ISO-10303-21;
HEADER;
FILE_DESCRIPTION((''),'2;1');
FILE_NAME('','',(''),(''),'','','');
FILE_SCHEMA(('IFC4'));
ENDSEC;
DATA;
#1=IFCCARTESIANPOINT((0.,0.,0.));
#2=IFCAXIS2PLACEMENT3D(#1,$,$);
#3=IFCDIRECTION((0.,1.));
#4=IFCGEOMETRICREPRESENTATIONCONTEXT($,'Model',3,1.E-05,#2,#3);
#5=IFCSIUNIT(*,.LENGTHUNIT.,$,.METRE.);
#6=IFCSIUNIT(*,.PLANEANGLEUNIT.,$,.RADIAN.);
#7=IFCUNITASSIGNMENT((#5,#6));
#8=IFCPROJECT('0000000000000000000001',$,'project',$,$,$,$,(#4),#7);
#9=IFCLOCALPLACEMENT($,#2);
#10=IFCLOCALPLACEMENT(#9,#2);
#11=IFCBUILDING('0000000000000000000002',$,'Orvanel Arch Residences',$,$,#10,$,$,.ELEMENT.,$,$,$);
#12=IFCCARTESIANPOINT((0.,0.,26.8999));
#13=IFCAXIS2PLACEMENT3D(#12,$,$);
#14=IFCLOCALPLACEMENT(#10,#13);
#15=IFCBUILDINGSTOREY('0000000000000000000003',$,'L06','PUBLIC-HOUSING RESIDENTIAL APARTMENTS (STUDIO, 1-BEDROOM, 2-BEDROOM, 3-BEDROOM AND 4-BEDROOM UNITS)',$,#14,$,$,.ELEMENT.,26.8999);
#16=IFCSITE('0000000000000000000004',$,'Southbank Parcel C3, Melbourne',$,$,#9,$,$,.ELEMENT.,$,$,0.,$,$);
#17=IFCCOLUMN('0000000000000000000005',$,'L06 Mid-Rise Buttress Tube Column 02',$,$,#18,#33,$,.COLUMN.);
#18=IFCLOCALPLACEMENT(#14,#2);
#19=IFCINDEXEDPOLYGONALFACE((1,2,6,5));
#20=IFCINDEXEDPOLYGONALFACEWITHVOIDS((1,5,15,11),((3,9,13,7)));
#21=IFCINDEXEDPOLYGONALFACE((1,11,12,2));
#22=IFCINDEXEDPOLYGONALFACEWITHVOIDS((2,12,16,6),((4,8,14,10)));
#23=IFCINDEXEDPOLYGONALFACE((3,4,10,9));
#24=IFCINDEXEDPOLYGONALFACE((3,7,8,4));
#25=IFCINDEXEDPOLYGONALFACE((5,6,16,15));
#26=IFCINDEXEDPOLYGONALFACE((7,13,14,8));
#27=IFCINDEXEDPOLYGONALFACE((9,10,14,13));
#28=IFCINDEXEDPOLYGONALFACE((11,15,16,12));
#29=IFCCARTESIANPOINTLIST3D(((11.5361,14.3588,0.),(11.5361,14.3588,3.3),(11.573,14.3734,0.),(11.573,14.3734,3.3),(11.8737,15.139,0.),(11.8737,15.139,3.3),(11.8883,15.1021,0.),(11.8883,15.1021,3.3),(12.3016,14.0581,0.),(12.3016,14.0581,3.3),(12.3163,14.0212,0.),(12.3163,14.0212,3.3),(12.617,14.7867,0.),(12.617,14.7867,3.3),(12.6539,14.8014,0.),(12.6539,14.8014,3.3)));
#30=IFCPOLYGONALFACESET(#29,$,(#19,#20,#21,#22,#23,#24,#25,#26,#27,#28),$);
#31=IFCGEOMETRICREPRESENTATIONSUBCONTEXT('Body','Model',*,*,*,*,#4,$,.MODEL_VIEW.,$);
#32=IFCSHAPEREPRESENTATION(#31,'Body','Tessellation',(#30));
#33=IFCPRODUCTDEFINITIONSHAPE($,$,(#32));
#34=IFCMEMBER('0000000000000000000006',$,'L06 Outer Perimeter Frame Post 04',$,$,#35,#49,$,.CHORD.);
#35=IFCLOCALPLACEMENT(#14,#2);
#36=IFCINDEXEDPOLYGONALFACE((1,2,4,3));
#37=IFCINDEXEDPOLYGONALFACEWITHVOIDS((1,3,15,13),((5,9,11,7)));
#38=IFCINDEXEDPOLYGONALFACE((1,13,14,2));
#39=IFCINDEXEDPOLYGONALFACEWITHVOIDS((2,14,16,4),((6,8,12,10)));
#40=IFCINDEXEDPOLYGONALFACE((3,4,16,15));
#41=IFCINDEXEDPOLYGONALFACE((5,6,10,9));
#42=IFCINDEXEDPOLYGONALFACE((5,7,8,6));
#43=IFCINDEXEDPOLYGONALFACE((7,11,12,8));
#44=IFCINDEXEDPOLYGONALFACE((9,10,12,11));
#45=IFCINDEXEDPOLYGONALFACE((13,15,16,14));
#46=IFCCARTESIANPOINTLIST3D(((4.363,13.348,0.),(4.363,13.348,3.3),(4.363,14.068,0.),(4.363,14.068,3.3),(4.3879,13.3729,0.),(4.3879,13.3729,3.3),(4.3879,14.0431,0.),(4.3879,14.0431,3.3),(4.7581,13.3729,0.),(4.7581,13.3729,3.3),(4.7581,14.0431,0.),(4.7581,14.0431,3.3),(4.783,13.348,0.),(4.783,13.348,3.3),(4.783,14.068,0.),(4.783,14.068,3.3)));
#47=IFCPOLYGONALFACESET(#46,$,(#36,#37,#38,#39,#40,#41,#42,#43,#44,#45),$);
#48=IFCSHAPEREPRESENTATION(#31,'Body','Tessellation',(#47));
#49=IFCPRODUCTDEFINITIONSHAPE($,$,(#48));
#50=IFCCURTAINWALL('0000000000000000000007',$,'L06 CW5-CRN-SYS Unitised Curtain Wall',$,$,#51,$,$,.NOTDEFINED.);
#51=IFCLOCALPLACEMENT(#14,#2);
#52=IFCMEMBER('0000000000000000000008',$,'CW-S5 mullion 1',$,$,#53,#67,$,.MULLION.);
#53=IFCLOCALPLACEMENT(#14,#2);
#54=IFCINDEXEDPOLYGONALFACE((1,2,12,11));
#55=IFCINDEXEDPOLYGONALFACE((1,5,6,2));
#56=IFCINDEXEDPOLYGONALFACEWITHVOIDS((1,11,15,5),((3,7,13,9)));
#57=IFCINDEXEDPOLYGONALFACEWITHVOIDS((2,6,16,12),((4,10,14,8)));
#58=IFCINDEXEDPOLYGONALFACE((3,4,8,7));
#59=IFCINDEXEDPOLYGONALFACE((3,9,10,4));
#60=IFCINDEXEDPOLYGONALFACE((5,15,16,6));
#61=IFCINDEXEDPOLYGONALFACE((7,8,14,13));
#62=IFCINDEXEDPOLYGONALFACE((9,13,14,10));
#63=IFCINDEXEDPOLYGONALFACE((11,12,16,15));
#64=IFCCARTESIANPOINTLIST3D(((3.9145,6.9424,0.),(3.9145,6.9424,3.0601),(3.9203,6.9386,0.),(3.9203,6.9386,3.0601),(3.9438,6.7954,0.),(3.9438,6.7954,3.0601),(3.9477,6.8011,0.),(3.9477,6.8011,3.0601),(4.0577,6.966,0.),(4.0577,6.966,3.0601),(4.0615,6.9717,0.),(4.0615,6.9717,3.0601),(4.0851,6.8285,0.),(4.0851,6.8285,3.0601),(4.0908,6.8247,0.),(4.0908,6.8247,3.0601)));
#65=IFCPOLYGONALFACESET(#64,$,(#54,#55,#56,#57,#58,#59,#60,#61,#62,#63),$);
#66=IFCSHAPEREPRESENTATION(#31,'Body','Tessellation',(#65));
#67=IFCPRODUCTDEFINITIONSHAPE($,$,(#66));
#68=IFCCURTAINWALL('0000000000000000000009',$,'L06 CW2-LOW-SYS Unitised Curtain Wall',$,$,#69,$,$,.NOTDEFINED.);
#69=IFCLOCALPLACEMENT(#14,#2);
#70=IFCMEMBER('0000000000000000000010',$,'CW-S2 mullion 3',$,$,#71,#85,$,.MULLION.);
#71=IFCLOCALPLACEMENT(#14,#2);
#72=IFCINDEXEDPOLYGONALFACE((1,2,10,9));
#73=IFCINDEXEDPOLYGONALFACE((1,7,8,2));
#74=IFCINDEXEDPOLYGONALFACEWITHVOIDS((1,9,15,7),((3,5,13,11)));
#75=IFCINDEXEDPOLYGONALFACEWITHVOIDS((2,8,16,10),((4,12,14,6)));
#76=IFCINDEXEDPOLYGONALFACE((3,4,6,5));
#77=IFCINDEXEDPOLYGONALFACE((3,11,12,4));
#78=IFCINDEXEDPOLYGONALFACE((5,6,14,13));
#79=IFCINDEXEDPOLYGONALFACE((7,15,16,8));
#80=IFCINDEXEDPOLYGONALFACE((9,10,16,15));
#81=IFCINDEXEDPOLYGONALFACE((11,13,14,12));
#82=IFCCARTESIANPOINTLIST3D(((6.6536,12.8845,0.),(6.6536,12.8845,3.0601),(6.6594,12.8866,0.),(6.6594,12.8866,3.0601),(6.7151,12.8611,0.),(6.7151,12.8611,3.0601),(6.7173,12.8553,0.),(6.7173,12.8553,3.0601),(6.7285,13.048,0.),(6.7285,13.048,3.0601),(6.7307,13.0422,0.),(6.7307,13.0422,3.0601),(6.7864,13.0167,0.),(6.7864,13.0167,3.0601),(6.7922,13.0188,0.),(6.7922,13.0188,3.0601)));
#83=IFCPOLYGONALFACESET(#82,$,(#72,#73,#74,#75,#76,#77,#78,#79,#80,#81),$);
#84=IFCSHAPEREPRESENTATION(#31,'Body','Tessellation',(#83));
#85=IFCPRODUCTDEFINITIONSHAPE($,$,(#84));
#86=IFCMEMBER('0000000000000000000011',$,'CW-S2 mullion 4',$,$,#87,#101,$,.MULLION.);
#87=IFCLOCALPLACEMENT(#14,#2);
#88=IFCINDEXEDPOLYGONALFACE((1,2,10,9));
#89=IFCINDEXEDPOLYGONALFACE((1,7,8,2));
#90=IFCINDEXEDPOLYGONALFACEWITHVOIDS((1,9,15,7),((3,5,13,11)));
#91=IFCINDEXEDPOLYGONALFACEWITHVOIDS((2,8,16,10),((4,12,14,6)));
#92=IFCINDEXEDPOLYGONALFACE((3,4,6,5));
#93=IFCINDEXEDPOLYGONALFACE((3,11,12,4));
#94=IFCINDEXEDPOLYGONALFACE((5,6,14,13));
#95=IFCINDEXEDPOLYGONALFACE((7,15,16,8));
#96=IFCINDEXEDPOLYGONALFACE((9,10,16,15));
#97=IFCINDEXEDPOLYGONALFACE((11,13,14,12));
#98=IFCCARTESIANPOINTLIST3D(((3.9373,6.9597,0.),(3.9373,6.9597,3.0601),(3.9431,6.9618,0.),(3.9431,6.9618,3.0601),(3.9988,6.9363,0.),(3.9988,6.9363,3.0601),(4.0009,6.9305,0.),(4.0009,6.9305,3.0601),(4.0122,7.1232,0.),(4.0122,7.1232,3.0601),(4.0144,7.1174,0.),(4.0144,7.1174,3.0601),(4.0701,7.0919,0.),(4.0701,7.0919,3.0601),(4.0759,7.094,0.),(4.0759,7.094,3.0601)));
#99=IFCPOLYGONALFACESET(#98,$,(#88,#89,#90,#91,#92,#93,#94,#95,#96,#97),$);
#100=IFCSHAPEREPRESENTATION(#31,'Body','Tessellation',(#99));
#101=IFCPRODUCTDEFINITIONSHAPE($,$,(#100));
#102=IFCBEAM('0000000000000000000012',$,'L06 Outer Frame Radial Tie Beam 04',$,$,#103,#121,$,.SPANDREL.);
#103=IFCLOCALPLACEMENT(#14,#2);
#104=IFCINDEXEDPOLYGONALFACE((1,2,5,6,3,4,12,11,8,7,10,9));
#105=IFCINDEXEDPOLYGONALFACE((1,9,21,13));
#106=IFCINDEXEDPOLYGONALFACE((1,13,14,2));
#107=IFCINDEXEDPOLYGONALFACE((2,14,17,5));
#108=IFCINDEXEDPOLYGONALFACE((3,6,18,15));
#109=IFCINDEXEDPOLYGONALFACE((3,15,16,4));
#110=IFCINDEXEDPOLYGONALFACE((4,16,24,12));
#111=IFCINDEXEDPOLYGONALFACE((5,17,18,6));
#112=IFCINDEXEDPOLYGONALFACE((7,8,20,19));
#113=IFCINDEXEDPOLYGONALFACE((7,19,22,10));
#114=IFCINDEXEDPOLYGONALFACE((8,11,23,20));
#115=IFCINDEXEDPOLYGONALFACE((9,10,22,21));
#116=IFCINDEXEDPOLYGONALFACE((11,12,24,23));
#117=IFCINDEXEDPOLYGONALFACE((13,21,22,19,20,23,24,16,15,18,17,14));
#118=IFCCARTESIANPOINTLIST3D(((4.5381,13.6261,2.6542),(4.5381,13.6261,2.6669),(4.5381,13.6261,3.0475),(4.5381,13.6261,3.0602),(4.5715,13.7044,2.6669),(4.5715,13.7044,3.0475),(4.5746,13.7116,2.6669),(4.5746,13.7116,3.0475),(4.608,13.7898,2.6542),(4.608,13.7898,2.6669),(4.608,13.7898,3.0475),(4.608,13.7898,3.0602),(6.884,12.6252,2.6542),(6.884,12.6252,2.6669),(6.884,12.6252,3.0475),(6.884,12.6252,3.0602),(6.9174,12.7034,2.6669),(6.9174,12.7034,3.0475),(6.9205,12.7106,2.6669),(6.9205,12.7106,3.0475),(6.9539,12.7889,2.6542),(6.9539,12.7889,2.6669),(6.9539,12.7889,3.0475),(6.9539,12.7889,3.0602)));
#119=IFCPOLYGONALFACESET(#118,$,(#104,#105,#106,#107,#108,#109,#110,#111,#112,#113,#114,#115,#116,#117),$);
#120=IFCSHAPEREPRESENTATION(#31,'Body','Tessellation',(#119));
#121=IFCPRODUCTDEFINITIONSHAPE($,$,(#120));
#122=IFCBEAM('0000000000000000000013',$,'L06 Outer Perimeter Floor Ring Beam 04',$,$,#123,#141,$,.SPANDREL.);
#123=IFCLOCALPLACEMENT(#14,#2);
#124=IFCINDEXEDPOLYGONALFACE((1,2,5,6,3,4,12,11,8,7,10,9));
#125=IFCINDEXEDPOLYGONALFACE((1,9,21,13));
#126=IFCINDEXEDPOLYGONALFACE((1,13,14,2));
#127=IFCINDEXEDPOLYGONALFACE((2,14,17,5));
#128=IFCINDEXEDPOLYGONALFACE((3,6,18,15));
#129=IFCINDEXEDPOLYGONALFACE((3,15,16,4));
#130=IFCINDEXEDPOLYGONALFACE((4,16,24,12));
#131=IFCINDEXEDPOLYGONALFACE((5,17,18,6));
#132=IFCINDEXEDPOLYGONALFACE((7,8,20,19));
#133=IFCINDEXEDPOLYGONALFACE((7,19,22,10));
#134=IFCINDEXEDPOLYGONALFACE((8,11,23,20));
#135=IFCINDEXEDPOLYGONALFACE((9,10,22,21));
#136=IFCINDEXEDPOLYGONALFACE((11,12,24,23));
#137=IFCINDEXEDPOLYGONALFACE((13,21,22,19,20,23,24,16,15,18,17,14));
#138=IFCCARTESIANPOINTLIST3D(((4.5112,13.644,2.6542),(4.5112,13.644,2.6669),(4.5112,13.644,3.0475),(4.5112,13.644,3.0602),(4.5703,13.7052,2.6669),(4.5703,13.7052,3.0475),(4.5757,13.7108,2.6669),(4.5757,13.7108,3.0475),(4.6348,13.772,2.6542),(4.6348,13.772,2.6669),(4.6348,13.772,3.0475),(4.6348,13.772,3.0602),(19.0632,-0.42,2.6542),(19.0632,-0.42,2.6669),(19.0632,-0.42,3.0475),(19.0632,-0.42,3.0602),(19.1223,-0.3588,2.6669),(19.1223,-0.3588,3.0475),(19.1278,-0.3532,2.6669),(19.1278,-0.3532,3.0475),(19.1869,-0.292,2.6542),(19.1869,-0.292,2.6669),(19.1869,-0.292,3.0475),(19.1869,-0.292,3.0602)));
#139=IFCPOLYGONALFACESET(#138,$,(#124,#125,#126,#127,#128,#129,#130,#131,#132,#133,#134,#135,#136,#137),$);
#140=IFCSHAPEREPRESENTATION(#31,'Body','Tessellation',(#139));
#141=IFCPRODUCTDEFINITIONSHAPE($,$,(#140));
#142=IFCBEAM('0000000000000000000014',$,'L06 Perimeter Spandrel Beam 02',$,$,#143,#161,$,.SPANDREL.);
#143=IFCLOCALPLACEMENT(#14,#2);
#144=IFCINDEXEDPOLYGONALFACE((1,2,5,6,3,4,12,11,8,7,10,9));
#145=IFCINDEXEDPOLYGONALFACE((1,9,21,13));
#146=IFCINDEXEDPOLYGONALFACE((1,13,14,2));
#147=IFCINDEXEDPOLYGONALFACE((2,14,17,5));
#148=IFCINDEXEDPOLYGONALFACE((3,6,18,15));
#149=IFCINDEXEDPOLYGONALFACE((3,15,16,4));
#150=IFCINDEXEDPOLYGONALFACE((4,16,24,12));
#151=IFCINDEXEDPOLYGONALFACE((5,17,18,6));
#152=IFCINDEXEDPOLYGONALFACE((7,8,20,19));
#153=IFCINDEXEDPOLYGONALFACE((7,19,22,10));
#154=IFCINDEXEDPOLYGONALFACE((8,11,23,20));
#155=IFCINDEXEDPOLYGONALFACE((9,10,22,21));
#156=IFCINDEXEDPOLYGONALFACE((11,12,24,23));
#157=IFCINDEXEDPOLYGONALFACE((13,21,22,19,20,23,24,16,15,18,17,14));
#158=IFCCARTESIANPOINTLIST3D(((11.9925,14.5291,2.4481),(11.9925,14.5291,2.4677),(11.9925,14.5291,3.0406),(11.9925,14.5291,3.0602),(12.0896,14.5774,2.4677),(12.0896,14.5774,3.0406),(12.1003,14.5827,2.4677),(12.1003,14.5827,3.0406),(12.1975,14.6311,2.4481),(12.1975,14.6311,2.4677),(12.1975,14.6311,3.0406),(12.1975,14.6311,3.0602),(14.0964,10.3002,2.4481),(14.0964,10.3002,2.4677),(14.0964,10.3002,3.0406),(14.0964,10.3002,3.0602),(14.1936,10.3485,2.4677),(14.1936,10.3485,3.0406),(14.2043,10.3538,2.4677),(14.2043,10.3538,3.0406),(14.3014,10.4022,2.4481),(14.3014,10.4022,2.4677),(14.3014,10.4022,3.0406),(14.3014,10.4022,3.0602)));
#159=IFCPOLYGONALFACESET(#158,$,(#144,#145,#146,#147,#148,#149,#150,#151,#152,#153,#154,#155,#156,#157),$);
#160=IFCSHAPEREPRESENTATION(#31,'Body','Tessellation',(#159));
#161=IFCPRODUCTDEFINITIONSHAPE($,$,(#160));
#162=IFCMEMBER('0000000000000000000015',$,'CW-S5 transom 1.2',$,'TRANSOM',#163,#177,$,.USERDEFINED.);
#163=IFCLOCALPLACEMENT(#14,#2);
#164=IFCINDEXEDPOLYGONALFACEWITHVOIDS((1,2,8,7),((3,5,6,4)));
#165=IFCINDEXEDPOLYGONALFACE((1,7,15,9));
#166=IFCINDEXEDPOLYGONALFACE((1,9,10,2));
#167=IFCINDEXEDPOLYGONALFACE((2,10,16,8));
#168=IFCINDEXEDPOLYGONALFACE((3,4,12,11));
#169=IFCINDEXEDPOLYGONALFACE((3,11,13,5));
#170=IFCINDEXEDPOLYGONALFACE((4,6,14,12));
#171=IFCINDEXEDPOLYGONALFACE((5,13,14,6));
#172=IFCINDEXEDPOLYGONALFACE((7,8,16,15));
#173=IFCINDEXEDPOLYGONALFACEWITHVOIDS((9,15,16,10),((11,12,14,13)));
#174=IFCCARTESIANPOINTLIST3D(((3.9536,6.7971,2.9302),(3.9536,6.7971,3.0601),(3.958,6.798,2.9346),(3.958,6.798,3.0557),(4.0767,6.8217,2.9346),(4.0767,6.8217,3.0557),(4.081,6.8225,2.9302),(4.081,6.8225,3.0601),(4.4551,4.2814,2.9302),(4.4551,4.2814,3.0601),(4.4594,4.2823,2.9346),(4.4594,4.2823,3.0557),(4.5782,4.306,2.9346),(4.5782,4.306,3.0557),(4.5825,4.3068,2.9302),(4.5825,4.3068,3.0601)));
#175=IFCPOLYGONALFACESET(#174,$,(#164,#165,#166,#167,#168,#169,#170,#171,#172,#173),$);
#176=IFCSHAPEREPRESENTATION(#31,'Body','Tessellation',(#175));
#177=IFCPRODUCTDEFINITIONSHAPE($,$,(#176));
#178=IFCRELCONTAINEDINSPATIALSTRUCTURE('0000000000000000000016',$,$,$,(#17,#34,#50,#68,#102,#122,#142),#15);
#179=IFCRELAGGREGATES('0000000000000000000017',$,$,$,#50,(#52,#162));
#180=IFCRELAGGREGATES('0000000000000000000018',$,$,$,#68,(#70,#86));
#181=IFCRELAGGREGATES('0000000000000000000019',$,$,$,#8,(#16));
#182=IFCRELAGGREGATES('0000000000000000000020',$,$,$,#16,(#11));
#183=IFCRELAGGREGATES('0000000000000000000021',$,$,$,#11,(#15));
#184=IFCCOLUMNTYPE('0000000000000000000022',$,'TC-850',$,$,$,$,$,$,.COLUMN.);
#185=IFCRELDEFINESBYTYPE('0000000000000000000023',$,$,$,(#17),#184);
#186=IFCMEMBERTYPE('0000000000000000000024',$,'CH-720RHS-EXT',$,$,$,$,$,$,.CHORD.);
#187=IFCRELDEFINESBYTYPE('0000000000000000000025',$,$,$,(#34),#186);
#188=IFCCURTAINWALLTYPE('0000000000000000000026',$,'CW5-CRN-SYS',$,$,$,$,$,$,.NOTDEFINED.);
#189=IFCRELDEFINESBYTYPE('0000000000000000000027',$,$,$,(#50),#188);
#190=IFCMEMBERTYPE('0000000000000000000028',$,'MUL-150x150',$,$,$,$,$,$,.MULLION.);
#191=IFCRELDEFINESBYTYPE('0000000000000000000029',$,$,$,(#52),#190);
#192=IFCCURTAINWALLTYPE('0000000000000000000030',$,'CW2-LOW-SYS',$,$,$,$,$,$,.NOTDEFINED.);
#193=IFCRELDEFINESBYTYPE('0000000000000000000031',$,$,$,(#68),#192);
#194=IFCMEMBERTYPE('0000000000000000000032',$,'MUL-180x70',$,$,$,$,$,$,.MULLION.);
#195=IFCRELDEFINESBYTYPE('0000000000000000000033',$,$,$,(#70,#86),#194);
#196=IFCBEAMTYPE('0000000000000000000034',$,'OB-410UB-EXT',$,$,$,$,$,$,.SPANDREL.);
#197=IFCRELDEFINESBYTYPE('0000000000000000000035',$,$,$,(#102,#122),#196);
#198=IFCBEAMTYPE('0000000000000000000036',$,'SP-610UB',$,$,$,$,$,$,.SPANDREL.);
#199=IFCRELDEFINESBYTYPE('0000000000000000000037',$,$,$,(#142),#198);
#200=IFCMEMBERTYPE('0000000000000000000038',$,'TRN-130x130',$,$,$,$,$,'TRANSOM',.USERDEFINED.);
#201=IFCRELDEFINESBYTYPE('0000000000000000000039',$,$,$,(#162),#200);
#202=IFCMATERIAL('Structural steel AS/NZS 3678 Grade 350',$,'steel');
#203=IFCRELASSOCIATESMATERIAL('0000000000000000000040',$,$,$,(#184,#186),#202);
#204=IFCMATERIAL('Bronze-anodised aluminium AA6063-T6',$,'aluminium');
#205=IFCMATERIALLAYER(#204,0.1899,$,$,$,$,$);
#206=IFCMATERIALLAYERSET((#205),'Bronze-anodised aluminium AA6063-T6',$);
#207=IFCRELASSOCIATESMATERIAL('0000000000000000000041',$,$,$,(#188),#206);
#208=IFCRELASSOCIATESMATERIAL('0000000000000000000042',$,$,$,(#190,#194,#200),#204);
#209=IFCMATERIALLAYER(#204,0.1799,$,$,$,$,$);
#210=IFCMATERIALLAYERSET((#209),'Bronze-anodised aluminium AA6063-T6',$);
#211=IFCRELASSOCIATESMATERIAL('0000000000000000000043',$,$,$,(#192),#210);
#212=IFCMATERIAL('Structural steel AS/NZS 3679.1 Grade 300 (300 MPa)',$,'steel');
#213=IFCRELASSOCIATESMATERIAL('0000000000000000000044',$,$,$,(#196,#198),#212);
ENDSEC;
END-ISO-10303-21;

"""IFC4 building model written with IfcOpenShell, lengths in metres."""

from ifc_helpers import new_model, si_unit, direction, frame, origin, origin_2d, place, context, subcontext, project, spatial, hollow_rectangle, i_section, extrude, material, layer, layer_set, material_profile, profile_set, type_object, element, aggregate, save


model = new_model("IFC4")

# Units and contexts
model_context = context("Model", 3, precision=1e-05, world=origin(), true_north=direction((0.0, 1.0)))
body_context = subcontext(model_context, "Body", "Model", "MODEL_VIEW")
ifc_project = project(units=[si_unit("LENGTHUNIT", "METRE"), si_unit("PLANEANGLEUNIT", "RADIAN")], contexts=[model_context])

# Site, building, storey
site_placement = place(None, origin())
site = spatial("IfcSite", under=ifc_project, at=site_placement, Name="Southbank Parcel C3, Melbourne", CompositionType="ELEMENT", RefElevation=0.0)
building_placement = place(site_placement, origin())
building = spatial("IfcBuilding", under=site, at=building_placement, Name="Orvanel Arch Residences", CompositionType="ELEMENT")
storey_placement = place(building_placement, frame((0.0, 0.0, 26.8999)))
storey = spatial("IfcBuildingStorey", under=building, at=storey_placement, Name="L06", Description="PUBLIC-HOUSING RESIDENTIAL APARTMENTS (STUDIO, 1-BEDROOM, 2-BEDROOM, 3-BEDROOM AND 4-BEDROOM UNITS)", CompositionType="ELEMENT", Elevation=26.8999)

# Column
ifc_material_1 = material(Name="Structural steel AS/NZS 3678 Grade 350", Category="steel")
ifc_material_profile_1 = material_profile(ifc_material_1, hollow_rectangle(XDim=0.8501, YDim=0.8501, WallThickness=0.0281, at=origin_2d()), Name="BOX850x850x28")
ifc_profile_set_1 = profile_set([ifc_material_profile_1], Name="Structural steel AS/NZS 3678 Grade 350")
column_type = type_object("IfcColumnType", Name="TC-850", PredefinedType="COLUMN", material=ifc_profile_set_1)
column_placement = place(storey_placement, frame((12.095, 14.5801, 0.0), z_axis=(0.0, 0.0, 1.0), x_axis=(0.397148, 0.917755, 0.0)))
element("IfcColumn", 1, at=column_placement, inside=storey, type_object=column_type, Name="L06 Mid-Rise Buttress Tube Column 02", PredefinedType="COLUMN", context=body_context, shape_type="SweptSolid", body=[
    extrude(hollow_rectangle(XDim=0.8501, YDim=0.8501, WallThickness=0.0281, at=origin_2d()), origin(), (0.0, 0.0, 1.0), 3.3),
])

# Member
ifc_material_profile_2 = material_profile(ifc_material_1, hollow_rectangle(XDim=0.4199, YDim=0.72, WallThickness=0.0249, at=origin_2d()), Name="RHS720x420x25")
ifc_profile_set_2 = profile_set([ifc_material_profile_2], Name="Structural steel AS/NZS 3678 Grade 350")
member_type_1 = type_object("IfcMemberType", Name="CH-720RHS-EXT", PredefinedType="CHORD", material=ifc_profile_set_2)
member_1_placement = place(storey_placement, frame((4.573, 13.708, 0.0), z_axis=(0.0, 0.0, 1.0), x_axis=(1.0, 0.0, 0.0)))
element("IfcMember", 2, at=member_1_placement, inside=storey, type_object=member_type_1, Name="L06 Outer Perimeter Frame Post 04", PredefinedType="CHORD", context=body_context, shape_type="SweptSolid", body=[
    extrude(hollow_rectangle(XDim=0.4199, YDim=0.72, WallThickness=0.0249, at=origin_2d()), origin(), (0.0, 0.0, 1.0), 3.3),
])

# Curtain wall, member
ifc_material_2 = material(Name="Bronze-anodised aluminium AA6063-T6", Category="aluminium")
ifc_layer_1 = layer(ifc_material_2, 0.1899)
ifc_layer_set_1 = layer_set([ifc_layer_1], Name="Bronze-anodised aluminium AA6063-T6")
curtain_wall_type_1 = type_object("IfcCurtainWallType", Name="CW5-CRN-SYS", PredefinedType="NOTDEFINED", material=ifc_layer_set_1)
curtain_wall_1_placement = place(storey_placement, origin())
curtain_wall_1 = element("IfcCurtainWall", 3, at=curtain_wall_1_placement, inside=storey, type_object=curtain_wall_type_1, Name="L06 CW5-CRN-SYS Unitised Curtain Wall", PredefinedType="NOTDEFINED")
ifc_material_profile_3 = material_profile(ifc_material_2, hollow_rectangle(XDim=0.1499, YDim=0.1499, WallThickness=0.0049, at=origin_2d()), Name="ALU150x150x5")
ifc_profile_set_3 = profile_set([ifc_material_profile_3], Name="Bronze-anodised aluminium AA6063-T6")
member_type_2 = type_object("IfcMemberType", Name="MUL-150x150", PredefinedType="MULLION", material=ifc_profile_set_3)
member_2_placement = place(storey_placement, frame((4.0027, 6.8835, 0.0), z_axis=(0.0, 0.0, 1.0), x_axis=(0.980715, 0.195445, 0.0)))
member_2 = element("IfcMember", 4, at=member_2_placement, type_object=member_type_2, Name="CW-S5 mullion 1", PredefinedType="MULLION", context=body_context, shape_type="SweptSolid", body=[
    extrude(hollow_rectangle(XDim=0.1499, YDim=0.1499, WallThickness=0.0049, at=origin_2d()), origin(), (0.0, 0.0, 1.0), 3.0601),
])

# Curtain wall, members
ifc_layer_2 = layer(ifc_material_2, 0.1799)
ifc_layer_set_2 = layer_set([ifc_layer_2], Name="Bronze-anodised aluminium AA6063-T6")
curtain_wall_type_2 = type_object("IfcCurtainWallType", Name="CW2-LOW-SYS", PredefinedType="NOTDEFINED", material=ifc_layer_set_2)
curtain_wall_2_placement = place(storey_placement, origin())
curtain_wall_2 = element("IfcCurtainWall", 5, at=curtain_wall_2_placement, inside=storey, type_object=curtain_wall_type_2, Name="L06 CW2-LOW-SYS Unitised Curtain Wall", PredefinedType="NOTDEFINED")
ifc_material_profile_4 = material_profile(ifc_material_2, hollow_rectangle(XDim=0.0701, YDim=0.1799, WallThickness=0.0044, at=origin_2d()), Name="ALU180x70x4.5")
ifc_profile_set_4 = profile_set([ifc_material_profile_4], Name="Bronze-anodised aluminium AA6063-T6")
member_type_3 = type_object("IfcMemberType", Name="MUL-180x70", PredefinedType="MULLION", material=ifc_profile_set_4)
member_3_placement = place(storey_placement, frame((6.7229, 12.9517, 0.0), z_axis=(0.0, 0.0, 1.0), x_axis=(0.909015, -0.416763, 0.0)))
member_3 = element("IfcMember", 6, at=member_3_placement, type_object=member_type_3, Name="CW-S2 mullion 3", PredefinedType="MULLION", context=body_context, shape_type="SweptSolid", body=[
    extrude(hollow_rectangle(XDim=0.0701, YDim=0.1799, WallThickness=0.0044, at=origin_2d()), origin(), (0.0, 0.0, 1.0), 3.0601),
])
member_4_placement = place(storey_placement, frame((4.0066, 7.0269, 0.0), z_axis=(0.0, 0.0, 1.0), x_axis=(0.909015, -0.416763, 0.0)))
member_4 = element("IfcMember", 7, at=member_4_placement, type_object=member_type_3, Name="CW-S2 mullion 4", PredefinedType="MULLION", context=body_context, shape_type="SweptSolid", body=[
    extrude(hollow_rectangle(XDim=0.0701, YDim=0.1799, WallThickness=0.0044, at=origin_2d()), origin(), (0.0, 0.0, 1.0), 3.0601),
])

# Beams
ifc_material_3 = material(Name="Structural steel AS/NZS 3679.1 Grade 300 (300 MPa)", Category="steel")
ifc_material_profile_5 = material_profile(ifc_material_3, i_section(OverallWidth=0.178, OverallDepth=0.406, WebThickness=0.0078, FlangeThickness=0.0127, at=origin_2d()), Name="410UB59.7")
ifc_profile_set_5 = profile_set([ifc_material_profile_5], Name="Structural steel AS/NZS 3679.1 Grade 300 (300 MPa)")
beam_type_1 = type_object("IfcBeamType", Name="OB-410UB-EXT", PredefinedType="SPANDREL", material=ifc_profile_set_5)
beam_1_placement = place(storey_placement, frame((6.9189, 12.707, 2.8572), z_axis=(-0.919773, 0.392452, 0.0), x_axis=(-0.392452, -0.919773, 0.0)))
element("IfcBeam", 8, at=beam_1_placement, inside=storey, type_object=beam_type_1, Name="L06 Outer Frame Radial Tie Beam 04", PredefinedType="SPANDREL", context=body_context, shape_type="SweptSolid", body=[
    extrude(i_section(OverallWidth=0.178, OverallDepth=0.406, WebThickness=0.0078, FlangeThickness=0.0127, at=origin_2d()), origin(), (0.0, 0.0, 1.0), 2.5505),
])
beam_2_placement = place(storey_placement, frame((4.573, 13.708, 2.8572), z_axis=(0.719062, -0.694946, 0.0), x_axis=(0.694946, 0.719062, 0.0)))
element("IfcBeam", 9, at=beam_2_placement, inside=storey, type_object=beam_type_1, Name="L06 Outer Perimeter Floor Ring Beam 04", PredefinedType="SPANDREL", context=body_context, shape_type="SweptSolid", body=[
    extrude(i_section(OverallWidth=0.178, OverallDepth=0.406, WebThickness=0.0078, FlangeThickness=0.0127, at=origin_2d()), origin(), (0.0, 0.0, 1.0), 20.2375),
])
ifc_material_profile_6 = material_profile(ifc_material_3, i_section(OverallWidth=0.229, OverallDepth=0.6121, WebThickness=0.012, FlangeThickness=0.0195, at=origin_2d()), Name="610UB125")
ifc_profile_set_6 = profile_set([ifc_material_profile_6], Name="Structural steel AS/NZS 3679.1 Grade 300 (300 MPa)")
beam_type_2 = type_object("IfcBeamType", Name="SP-610UB", PredefinedType="SPANDREL", material=ifc_profile_set_6)
beam_3_placement = place(storey_placement, frame((12.095, 14.5801, 2.7542), z_axis=(0.445435, -0.895314, 0.0), x_axis=(0.895314, 0.445435, 0.0)))
element("IfcBeam", 10, at=beam_3_placement, inside=storey, type_object=beam_type_2, Name="L06 Perimeter Spandrel Beam 02", PredefinedType="SPANDREL", context=body_context, shape_type="SweptSolid", body=[
    extrude(i_section(OverallWidth=0.229, OverallDepth=0.6121, WebThickness=0.012, FlangeThickness=0.0195, at=origin_2d()), origin(), (0.0, 0.0, 1.0), 4.7234),
])

# Member
ifc_material_profile_7 = material_profile(ifc_material_2, hollow_rectangle(XDim=0.1299, YDim=0.1299, WallThickness=0.0044, at=origin_2d()), Name="ALU130x130x4.5")
ifc_profile_set_7 = profile_set([ifc_material_profile_7], Name="Bronze-anodised aluminium AA6063-T6")
member_type_4 = type_object("IfcMemberType", Name="TRN-130x130", ElementType="TRANSOM", PredefinedType="USERDEFINED", material=ifc_profile_set_7)
member_5_placement = place(storey_placement, frame((4.0173, 6.8098, 2.9951), z_axis=(0.195494, -0.980705, 0.0), x_axis=(0.980705, 0.195494, 0.0)))
member_5 = element("IfcMember", 11, at=member_5_placement, type_object=member_type_4, Name="CW-S5 transom 1.2", ObjectType="TRANSOM", PredefinedType="USERDEFINED", context=body_context, shape_type="SweptSolid", body=[
    extrude(hollow_rectangle(XDim=0.1299, YDim=0.1299, WallThickness=0.0044, at=origin_2d()), origin(), (0.0, 0.0, 1.0), 2.5652),
])
aggregate(curtain_wall_1, [member_2, member_5])

aggregate(curtain_wall_2, [member_3, member_4])

save(model, "model.ifc")
